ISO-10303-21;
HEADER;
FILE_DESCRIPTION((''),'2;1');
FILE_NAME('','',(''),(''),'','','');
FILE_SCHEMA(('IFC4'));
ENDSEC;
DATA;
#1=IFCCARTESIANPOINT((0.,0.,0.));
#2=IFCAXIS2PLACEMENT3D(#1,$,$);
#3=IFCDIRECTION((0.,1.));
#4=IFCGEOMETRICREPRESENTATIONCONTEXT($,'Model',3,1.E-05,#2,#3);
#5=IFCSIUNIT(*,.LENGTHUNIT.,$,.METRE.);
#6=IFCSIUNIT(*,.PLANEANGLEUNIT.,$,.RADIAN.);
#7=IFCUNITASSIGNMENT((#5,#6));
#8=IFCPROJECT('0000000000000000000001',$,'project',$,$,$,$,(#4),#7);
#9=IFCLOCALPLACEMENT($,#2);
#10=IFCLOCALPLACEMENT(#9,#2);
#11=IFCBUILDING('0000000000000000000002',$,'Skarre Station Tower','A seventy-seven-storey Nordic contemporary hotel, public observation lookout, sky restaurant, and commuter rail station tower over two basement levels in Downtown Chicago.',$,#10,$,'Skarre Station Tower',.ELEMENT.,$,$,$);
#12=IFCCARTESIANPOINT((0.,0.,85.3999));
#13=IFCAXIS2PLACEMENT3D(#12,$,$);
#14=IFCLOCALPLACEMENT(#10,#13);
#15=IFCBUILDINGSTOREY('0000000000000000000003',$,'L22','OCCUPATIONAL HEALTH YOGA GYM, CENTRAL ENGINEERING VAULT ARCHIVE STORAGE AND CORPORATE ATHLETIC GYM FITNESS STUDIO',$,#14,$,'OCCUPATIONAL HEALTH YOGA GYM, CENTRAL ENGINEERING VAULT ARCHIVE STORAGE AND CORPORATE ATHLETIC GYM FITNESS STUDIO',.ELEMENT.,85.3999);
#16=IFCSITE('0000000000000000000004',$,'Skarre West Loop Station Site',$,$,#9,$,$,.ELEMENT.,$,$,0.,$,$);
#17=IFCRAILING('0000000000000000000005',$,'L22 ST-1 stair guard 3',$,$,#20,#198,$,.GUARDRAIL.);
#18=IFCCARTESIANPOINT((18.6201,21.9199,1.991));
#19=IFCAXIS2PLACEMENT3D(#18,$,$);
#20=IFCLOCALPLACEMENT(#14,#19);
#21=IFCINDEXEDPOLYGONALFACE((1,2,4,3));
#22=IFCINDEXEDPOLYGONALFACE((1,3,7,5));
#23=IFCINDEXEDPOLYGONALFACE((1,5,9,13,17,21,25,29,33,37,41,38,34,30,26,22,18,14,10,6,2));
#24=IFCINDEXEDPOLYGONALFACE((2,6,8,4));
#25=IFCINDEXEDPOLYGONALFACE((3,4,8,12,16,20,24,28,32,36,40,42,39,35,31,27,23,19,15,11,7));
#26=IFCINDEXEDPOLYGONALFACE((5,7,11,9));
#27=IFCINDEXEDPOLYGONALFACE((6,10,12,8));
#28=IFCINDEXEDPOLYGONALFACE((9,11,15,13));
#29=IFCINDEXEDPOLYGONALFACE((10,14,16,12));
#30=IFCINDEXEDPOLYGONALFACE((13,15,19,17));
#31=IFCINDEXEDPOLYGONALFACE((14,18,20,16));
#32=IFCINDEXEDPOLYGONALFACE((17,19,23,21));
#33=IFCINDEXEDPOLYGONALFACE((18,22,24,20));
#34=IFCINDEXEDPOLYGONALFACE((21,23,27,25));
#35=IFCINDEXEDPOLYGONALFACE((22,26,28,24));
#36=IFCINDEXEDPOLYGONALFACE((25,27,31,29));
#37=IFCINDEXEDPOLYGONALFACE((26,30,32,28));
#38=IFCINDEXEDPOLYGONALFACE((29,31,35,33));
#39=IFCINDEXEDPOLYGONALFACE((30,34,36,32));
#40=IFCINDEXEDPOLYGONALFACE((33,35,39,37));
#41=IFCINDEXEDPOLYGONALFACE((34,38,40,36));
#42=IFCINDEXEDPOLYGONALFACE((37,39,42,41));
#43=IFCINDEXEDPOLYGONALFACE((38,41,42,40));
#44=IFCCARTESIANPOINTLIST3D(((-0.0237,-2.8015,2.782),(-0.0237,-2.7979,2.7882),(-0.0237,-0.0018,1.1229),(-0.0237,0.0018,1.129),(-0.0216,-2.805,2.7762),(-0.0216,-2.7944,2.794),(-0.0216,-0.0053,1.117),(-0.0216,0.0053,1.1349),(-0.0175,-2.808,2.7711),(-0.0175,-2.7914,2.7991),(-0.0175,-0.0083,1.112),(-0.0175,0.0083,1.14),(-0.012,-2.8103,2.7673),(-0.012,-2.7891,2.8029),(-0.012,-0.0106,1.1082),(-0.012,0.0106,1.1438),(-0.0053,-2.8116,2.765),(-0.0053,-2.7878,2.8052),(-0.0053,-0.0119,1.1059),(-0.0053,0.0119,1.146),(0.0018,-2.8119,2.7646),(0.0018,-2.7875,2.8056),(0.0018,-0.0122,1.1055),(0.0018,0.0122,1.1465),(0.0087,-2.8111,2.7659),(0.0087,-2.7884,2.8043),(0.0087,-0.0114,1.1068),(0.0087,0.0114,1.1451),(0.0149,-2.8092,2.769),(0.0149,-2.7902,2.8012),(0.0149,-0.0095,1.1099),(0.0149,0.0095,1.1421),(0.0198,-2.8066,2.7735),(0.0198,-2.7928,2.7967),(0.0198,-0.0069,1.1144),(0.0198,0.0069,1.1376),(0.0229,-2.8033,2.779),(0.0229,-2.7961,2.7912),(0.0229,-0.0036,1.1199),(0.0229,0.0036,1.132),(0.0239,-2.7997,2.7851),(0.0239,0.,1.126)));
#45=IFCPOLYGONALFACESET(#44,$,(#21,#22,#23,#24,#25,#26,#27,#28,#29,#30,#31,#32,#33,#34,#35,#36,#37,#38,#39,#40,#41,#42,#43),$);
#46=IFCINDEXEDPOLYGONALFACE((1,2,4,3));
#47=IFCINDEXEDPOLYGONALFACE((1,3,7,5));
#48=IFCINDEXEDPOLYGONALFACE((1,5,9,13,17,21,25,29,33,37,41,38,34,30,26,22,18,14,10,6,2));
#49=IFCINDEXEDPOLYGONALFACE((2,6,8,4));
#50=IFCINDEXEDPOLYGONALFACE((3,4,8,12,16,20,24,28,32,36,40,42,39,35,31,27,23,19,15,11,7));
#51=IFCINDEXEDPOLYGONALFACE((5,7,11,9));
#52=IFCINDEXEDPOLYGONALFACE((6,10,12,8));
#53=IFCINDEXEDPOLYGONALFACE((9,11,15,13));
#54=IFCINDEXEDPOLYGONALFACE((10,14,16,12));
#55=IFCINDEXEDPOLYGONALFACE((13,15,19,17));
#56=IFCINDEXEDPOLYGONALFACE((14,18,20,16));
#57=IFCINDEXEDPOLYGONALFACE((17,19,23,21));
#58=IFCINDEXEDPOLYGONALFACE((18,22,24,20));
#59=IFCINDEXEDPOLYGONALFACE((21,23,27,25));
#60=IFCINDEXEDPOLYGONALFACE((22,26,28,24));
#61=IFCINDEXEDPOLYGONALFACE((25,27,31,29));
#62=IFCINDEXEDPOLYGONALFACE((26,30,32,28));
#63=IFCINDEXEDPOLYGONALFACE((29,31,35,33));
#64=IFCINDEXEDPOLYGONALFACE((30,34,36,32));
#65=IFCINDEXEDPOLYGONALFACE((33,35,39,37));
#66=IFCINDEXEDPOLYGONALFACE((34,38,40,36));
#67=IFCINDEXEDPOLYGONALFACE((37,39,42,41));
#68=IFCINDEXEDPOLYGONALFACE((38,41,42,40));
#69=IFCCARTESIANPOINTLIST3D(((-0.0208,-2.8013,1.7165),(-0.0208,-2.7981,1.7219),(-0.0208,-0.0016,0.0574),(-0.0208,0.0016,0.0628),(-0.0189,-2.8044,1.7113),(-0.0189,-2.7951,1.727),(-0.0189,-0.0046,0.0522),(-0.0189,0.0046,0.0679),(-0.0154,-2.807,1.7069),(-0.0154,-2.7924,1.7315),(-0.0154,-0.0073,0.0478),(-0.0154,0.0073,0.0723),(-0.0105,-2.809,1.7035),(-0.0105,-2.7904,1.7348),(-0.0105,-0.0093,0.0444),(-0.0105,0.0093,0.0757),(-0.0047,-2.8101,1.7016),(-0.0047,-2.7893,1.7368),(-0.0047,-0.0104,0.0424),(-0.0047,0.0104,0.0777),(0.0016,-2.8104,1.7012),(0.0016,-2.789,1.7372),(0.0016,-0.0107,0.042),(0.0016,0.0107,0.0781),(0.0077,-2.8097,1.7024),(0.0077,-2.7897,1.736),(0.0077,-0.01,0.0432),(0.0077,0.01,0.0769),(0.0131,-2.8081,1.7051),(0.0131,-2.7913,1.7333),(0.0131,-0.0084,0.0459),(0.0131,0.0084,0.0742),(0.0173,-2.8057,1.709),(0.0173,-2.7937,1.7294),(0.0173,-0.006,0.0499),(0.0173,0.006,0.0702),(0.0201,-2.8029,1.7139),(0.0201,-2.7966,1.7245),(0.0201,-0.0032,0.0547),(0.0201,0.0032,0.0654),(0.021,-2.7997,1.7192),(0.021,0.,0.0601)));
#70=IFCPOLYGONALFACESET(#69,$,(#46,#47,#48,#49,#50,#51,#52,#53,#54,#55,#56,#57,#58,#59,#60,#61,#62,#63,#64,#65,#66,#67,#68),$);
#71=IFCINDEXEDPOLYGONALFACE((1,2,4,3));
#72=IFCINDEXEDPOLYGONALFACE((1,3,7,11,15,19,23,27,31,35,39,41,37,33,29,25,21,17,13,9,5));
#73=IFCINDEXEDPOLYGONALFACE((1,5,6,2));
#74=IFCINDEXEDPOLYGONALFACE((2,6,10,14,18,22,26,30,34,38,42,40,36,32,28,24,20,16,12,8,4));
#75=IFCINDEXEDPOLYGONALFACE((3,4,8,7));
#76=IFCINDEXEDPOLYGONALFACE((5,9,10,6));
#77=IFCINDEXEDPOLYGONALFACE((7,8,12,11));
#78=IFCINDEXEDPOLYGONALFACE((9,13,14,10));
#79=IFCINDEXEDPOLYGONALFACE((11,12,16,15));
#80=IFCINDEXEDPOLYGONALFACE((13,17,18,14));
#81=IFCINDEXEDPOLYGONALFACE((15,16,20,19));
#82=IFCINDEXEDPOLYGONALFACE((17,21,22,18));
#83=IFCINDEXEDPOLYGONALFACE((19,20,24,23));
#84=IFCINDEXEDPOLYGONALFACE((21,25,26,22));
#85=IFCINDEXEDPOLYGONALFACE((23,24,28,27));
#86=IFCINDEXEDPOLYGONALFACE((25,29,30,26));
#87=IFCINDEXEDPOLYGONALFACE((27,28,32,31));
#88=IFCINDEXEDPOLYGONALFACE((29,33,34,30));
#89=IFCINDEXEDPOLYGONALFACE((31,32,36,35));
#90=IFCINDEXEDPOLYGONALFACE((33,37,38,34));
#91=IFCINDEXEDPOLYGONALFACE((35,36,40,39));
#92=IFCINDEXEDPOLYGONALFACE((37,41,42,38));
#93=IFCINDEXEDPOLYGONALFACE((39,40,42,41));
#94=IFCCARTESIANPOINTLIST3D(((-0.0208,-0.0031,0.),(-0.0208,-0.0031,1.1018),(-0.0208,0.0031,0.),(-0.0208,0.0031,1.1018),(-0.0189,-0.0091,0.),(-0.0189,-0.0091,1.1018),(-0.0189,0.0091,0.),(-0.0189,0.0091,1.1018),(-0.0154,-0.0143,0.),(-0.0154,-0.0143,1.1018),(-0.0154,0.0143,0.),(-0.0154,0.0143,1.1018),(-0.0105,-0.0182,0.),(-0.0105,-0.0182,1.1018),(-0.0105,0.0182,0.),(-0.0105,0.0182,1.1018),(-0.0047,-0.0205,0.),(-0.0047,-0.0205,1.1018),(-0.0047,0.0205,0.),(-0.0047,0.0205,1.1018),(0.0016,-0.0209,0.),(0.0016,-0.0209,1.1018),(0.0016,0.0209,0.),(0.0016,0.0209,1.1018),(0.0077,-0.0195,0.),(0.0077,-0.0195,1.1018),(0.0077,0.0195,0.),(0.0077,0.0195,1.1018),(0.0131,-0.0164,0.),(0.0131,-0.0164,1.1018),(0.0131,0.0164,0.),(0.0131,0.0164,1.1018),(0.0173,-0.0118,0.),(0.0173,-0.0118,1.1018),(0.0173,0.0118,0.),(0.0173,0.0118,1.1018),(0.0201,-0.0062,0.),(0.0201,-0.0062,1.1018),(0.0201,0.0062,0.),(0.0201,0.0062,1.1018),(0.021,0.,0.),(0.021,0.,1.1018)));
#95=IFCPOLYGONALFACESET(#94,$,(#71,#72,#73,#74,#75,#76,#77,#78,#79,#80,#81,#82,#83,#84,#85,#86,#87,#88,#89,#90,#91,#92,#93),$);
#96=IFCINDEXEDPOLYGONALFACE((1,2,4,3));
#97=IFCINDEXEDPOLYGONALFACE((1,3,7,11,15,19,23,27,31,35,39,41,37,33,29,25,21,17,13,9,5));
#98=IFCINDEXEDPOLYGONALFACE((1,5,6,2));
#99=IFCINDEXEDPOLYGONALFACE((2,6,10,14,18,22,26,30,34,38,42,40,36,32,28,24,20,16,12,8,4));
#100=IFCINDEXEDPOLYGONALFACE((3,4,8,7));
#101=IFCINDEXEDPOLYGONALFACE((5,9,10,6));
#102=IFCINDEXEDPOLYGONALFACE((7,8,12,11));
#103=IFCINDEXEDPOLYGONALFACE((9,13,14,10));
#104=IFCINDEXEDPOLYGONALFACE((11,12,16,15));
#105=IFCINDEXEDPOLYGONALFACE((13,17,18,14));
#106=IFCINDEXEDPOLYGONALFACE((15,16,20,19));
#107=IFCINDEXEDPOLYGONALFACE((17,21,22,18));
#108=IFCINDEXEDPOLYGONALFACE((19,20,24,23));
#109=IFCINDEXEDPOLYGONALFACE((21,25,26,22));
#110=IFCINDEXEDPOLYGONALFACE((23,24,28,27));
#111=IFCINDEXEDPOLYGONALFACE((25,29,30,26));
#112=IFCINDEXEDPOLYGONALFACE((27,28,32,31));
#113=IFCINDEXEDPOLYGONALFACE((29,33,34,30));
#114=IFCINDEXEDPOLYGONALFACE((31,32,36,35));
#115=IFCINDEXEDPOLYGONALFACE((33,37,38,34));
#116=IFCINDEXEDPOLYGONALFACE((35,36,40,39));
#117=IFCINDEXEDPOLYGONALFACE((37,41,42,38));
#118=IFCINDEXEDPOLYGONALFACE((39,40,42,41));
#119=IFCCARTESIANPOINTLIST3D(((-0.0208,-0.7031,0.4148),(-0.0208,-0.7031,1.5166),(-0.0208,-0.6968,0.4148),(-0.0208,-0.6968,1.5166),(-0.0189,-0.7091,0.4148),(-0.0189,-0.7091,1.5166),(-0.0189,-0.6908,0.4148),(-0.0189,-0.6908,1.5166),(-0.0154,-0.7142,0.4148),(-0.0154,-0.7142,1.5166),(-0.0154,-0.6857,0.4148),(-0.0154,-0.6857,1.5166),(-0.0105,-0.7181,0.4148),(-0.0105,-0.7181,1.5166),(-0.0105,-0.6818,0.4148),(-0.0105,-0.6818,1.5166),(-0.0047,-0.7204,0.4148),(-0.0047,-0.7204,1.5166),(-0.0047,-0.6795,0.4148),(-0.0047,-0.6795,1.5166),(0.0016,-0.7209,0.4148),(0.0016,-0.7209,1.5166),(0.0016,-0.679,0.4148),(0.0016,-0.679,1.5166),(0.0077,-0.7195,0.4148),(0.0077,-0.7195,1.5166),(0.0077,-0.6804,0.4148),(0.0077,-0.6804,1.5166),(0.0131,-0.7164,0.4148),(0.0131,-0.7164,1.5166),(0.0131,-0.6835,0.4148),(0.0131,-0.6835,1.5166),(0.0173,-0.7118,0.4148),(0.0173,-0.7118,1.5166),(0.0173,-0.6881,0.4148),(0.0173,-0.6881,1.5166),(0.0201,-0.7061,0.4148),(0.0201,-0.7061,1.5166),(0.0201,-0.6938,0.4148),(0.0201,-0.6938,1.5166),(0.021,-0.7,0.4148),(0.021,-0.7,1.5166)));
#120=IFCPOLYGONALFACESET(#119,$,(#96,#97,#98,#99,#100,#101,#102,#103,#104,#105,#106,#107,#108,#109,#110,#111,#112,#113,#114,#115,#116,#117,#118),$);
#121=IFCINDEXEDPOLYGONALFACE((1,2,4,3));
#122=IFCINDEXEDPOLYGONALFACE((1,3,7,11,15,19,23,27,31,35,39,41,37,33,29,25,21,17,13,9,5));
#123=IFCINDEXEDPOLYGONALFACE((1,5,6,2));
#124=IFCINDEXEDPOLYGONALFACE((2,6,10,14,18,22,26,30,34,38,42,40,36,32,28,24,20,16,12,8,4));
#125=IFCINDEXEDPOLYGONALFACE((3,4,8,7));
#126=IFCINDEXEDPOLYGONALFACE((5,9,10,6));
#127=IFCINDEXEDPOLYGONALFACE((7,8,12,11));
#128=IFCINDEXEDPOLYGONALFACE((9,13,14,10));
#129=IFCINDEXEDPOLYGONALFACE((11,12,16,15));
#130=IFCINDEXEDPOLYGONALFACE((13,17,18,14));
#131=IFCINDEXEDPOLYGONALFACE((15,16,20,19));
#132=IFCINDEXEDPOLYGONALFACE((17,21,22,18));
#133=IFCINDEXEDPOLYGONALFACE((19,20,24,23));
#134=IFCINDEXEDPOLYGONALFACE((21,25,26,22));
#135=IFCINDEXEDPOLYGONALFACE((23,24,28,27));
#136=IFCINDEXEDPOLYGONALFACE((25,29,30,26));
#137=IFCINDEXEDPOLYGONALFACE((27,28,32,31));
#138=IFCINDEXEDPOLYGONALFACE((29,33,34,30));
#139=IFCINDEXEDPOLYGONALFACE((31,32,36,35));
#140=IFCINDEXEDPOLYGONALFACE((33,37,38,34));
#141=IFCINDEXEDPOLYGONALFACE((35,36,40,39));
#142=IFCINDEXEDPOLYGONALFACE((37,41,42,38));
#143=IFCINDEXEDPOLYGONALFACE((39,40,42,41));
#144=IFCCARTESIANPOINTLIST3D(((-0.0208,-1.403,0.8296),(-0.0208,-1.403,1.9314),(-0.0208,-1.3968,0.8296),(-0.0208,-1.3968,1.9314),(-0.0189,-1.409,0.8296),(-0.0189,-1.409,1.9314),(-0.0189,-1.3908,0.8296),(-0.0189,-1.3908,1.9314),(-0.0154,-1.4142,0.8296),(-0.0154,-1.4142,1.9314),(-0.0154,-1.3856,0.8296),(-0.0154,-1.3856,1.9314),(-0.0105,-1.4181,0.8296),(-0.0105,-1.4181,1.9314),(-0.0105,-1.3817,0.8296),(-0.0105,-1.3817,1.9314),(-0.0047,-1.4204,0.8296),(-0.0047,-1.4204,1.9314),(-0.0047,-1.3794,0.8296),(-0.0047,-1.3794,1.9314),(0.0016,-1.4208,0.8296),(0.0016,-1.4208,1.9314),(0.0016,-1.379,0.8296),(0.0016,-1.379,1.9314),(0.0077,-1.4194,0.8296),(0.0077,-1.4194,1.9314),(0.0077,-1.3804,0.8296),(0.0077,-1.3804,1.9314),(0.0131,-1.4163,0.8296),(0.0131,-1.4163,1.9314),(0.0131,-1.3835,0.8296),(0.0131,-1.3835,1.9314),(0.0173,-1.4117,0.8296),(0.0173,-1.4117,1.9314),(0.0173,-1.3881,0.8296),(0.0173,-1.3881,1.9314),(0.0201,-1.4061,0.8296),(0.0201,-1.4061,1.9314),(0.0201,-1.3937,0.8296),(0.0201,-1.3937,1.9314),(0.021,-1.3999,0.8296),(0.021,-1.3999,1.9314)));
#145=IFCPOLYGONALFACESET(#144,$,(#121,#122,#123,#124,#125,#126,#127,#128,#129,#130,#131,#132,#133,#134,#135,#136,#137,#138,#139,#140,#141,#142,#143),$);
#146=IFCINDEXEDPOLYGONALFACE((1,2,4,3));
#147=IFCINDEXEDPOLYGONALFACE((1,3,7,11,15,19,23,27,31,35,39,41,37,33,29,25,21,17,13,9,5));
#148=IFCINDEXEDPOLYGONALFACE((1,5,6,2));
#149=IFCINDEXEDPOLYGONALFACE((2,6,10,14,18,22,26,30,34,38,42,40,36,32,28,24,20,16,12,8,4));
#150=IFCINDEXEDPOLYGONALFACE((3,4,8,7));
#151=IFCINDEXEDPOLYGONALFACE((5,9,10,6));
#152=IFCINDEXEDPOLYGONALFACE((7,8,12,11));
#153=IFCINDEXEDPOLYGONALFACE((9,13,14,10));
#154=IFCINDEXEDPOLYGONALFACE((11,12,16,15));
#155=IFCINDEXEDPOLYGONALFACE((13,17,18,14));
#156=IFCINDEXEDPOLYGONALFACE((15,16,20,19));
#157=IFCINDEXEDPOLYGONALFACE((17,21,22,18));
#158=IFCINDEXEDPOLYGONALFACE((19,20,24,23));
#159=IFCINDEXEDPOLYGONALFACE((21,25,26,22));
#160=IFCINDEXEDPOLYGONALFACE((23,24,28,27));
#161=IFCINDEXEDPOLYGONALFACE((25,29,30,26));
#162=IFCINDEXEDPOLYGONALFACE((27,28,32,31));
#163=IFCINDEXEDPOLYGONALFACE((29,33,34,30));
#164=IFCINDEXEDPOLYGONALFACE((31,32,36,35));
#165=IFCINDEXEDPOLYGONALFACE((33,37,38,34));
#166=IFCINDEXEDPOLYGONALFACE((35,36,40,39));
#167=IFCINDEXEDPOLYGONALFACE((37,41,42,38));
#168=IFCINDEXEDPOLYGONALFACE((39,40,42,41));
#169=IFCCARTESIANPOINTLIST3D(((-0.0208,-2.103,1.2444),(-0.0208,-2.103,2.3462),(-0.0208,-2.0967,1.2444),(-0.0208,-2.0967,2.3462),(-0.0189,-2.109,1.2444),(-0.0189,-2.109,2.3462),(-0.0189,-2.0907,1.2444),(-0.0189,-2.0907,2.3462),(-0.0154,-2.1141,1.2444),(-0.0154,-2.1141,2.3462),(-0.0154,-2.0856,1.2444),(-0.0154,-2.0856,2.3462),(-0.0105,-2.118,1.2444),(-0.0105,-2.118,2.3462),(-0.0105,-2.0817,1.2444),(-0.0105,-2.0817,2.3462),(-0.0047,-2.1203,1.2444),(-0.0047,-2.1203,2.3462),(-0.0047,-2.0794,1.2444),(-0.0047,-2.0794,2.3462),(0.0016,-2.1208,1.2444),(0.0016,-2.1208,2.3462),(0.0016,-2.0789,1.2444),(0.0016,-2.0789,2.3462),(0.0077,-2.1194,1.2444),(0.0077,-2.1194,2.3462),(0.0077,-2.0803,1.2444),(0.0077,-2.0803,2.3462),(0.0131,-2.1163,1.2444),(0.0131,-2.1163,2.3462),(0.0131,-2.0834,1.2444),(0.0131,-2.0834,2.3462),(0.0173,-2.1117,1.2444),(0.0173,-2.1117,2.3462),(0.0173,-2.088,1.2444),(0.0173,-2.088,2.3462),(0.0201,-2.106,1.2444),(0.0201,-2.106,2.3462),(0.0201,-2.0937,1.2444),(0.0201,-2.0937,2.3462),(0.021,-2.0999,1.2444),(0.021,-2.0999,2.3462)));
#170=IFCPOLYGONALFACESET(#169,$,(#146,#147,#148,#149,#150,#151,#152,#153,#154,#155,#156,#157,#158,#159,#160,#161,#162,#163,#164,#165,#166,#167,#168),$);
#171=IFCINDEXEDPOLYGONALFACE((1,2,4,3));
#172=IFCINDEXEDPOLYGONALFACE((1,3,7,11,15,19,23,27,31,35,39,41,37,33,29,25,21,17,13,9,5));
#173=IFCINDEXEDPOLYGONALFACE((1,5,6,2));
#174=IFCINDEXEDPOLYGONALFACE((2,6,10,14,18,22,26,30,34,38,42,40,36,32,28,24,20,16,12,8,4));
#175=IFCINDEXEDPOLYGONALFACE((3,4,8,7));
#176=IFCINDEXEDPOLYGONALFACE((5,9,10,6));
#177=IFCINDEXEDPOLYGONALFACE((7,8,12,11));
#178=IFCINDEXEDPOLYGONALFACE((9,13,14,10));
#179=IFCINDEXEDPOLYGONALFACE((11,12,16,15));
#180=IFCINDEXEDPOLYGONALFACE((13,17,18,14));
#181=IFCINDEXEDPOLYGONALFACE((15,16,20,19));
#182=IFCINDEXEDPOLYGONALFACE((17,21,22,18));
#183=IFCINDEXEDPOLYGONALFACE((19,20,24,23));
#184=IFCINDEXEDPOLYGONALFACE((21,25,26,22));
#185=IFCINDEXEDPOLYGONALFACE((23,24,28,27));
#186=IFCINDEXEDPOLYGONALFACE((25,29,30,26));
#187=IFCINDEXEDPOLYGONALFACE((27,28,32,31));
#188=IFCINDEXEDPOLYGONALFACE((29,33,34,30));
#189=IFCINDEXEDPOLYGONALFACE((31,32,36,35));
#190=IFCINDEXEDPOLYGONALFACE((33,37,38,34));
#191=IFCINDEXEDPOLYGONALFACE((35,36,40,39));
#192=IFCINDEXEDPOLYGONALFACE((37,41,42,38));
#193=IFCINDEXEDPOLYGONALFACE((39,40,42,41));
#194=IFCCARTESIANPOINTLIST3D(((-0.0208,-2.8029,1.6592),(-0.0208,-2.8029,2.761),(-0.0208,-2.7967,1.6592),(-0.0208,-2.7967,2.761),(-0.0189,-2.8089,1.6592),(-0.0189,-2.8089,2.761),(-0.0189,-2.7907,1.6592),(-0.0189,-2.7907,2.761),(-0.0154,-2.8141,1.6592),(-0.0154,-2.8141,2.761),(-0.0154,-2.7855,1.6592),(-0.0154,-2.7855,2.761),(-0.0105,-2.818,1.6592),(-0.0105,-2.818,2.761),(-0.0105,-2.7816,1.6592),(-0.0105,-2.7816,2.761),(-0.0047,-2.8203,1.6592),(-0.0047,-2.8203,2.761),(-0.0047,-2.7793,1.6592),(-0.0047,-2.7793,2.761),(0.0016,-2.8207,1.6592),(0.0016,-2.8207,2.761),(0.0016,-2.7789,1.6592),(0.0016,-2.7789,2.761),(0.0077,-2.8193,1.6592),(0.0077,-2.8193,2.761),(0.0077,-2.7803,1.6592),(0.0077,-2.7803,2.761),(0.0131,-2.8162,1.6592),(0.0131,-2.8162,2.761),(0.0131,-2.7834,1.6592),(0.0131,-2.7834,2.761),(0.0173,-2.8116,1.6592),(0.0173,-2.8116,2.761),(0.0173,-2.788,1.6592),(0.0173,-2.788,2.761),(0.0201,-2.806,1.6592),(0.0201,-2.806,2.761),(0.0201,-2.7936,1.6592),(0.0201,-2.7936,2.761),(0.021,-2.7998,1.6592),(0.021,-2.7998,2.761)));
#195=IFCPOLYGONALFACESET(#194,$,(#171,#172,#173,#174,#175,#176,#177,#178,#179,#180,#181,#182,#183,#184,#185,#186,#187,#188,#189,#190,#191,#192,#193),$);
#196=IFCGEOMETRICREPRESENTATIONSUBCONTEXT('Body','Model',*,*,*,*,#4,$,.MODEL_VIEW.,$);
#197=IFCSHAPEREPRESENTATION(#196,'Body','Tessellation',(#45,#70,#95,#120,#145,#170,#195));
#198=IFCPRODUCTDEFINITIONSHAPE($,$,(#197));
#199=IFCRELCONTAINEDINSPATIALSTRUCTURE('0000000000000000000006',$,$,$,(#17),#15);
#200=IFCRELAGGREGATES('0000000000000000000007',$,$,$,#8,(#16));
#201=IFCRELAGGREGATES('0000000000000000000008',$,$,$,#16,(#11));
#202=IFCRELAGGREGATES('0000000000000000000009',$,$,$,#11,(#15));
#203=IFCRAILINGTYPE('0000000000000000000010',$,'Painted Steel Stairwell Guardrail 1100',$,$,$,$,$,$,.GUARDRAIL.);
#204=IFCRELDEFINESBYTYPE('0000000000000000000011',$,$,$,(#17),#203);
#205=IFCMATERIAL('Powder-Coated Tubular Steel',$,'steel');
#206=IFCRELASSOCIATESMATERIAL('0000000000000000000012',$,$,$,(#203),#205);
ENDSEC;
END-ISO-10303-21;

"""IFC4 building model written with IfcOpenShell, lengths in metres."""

from ifc_helpers import new_model, si_unit, direction, frame, origin, origin_2d, place, context, subcontext, project, spatial, circle, extrude, material, type_object, element, save


model = new_model("IFC4")

# Units and contexts
model_context = context("Model", 3, precision=1e-05, world=origin(), true_north=direction((0.0, 1.0)))
body_context = subcontext(model_context, "Body", "Model", "MODEL_VIEW")
ifc_project = project(units=[si_unit("LENGTHUNIT", "METRE"), si_unit("PLANEANGLEUNIT", "RADIAN")], contexts=[model_context])

# Site, building, storey
site_placement = place(None, origin())
site = spatial("IfcSite", under=ifc_project, at=site_placement, Name="Skarre West Loop Station Site", CompositionType="ELEMENT", RefElevation=0.0)
building_placement = place(site_placement, origin())
building = spatial("IfcBuilding", under=site, at=building_placement, Name="Skarre Station Tower", Description="A seventy-seven-storey Nordic contemporary hotel, public observation lookout, sky restaurant, and commuter rail station tower over two basement levels in Downtown Chicago.", LongName="Skarre Station Tower", CompositionType="ELEMENT")
storey_placement = place(building_placement, frame((0.0, 0.0, 85.3999)))
storey = spatial("IfcBuildingStorey", under=building, at=storey_placement, Name="L22", Description="OCCUPATIONAL HEALTH YOGA GYM, CENTRAL ENGINEERING VAULT ARCHIVE STORAGE AND CORPORATE ATHLETIC GYM FITNESS STUDIO", LongName="OCCUPATIONAL HEALTH YOGA GYM, CENTRAL ENGINEERING VAULT ARCHIVE STORAGE AND CORPORATE ATHLETIC GYM FITNESS STUDIO", CompositionType="ELEMENT", Elevation=85.3999)

# Railing
ifc_material_1 = material(Name="Powder-Coated Tubular Steel", Category="steel")
railing_type = type_object("IfcRailingType", Name="Painted Steel Stairwell Guardrail 1100", PredefinedType="GUARDRAIL", material=ifc_material_1)
railing_1_placement = place(storey_placement, frame((18.6201, 21.9199, 1.991)))
element("IfcRailing", 1, at=railing_1_placement, inside=storey, type_object=railing_type, Name="L22 ST-1 stair guard 3", PredefinedType="GUARDRAIL", context=body_context, shape_type="SweptSolid", body=[
    extrude(circle(Radius=0.0239, at=origin_2d()), frame((0.0, 0.0, 1.126), z_axis=(0.0, -0.860287, 0.509811), x_axis=(1.0, 0.0, 0.0)), (0.0, 0.0, 1.0), 3.2544),
    extrude(circle(Radius=0.021, at=origin_2d()), frame((0.0, 0.0, 0.0601), z_axis=(0.0, -0.860287, 0.509811), x_axis=(1.0, 0.0, 0.0)), (0.0, 0.0, 1.0), 3.2544),
    extrude(circle(Radius=0.021, at=origin_2d()), origin(), (0.0, 0.0, 1.0), 1.1018),
    extrude(circle(Radius=0.021, at=origin_2d()), frame((0.0, -0.7, 0.4148)), (0.0, 0.0, 1.0), 1.1018),
    extrude(circle(Radius=0.021, at=origin_2d()), frame((0.0, -1.3999, 0.8296)), (0.0, 0.0, 1.0), 1.1018),
    extrude(circle(Radius=0.021, at=origin_2d()), frame((0.0, -2.0999, 1.2444)), (0.0, 0.0, 1.0), 1.1018),
    extrude(circle(Radius=0.021, at=origin_2d()), frame((0.0, -2.7998, 1.6592)), (0.0, 0.0, 1.0), 1.1018),
])

save(model, "model.ifc")
